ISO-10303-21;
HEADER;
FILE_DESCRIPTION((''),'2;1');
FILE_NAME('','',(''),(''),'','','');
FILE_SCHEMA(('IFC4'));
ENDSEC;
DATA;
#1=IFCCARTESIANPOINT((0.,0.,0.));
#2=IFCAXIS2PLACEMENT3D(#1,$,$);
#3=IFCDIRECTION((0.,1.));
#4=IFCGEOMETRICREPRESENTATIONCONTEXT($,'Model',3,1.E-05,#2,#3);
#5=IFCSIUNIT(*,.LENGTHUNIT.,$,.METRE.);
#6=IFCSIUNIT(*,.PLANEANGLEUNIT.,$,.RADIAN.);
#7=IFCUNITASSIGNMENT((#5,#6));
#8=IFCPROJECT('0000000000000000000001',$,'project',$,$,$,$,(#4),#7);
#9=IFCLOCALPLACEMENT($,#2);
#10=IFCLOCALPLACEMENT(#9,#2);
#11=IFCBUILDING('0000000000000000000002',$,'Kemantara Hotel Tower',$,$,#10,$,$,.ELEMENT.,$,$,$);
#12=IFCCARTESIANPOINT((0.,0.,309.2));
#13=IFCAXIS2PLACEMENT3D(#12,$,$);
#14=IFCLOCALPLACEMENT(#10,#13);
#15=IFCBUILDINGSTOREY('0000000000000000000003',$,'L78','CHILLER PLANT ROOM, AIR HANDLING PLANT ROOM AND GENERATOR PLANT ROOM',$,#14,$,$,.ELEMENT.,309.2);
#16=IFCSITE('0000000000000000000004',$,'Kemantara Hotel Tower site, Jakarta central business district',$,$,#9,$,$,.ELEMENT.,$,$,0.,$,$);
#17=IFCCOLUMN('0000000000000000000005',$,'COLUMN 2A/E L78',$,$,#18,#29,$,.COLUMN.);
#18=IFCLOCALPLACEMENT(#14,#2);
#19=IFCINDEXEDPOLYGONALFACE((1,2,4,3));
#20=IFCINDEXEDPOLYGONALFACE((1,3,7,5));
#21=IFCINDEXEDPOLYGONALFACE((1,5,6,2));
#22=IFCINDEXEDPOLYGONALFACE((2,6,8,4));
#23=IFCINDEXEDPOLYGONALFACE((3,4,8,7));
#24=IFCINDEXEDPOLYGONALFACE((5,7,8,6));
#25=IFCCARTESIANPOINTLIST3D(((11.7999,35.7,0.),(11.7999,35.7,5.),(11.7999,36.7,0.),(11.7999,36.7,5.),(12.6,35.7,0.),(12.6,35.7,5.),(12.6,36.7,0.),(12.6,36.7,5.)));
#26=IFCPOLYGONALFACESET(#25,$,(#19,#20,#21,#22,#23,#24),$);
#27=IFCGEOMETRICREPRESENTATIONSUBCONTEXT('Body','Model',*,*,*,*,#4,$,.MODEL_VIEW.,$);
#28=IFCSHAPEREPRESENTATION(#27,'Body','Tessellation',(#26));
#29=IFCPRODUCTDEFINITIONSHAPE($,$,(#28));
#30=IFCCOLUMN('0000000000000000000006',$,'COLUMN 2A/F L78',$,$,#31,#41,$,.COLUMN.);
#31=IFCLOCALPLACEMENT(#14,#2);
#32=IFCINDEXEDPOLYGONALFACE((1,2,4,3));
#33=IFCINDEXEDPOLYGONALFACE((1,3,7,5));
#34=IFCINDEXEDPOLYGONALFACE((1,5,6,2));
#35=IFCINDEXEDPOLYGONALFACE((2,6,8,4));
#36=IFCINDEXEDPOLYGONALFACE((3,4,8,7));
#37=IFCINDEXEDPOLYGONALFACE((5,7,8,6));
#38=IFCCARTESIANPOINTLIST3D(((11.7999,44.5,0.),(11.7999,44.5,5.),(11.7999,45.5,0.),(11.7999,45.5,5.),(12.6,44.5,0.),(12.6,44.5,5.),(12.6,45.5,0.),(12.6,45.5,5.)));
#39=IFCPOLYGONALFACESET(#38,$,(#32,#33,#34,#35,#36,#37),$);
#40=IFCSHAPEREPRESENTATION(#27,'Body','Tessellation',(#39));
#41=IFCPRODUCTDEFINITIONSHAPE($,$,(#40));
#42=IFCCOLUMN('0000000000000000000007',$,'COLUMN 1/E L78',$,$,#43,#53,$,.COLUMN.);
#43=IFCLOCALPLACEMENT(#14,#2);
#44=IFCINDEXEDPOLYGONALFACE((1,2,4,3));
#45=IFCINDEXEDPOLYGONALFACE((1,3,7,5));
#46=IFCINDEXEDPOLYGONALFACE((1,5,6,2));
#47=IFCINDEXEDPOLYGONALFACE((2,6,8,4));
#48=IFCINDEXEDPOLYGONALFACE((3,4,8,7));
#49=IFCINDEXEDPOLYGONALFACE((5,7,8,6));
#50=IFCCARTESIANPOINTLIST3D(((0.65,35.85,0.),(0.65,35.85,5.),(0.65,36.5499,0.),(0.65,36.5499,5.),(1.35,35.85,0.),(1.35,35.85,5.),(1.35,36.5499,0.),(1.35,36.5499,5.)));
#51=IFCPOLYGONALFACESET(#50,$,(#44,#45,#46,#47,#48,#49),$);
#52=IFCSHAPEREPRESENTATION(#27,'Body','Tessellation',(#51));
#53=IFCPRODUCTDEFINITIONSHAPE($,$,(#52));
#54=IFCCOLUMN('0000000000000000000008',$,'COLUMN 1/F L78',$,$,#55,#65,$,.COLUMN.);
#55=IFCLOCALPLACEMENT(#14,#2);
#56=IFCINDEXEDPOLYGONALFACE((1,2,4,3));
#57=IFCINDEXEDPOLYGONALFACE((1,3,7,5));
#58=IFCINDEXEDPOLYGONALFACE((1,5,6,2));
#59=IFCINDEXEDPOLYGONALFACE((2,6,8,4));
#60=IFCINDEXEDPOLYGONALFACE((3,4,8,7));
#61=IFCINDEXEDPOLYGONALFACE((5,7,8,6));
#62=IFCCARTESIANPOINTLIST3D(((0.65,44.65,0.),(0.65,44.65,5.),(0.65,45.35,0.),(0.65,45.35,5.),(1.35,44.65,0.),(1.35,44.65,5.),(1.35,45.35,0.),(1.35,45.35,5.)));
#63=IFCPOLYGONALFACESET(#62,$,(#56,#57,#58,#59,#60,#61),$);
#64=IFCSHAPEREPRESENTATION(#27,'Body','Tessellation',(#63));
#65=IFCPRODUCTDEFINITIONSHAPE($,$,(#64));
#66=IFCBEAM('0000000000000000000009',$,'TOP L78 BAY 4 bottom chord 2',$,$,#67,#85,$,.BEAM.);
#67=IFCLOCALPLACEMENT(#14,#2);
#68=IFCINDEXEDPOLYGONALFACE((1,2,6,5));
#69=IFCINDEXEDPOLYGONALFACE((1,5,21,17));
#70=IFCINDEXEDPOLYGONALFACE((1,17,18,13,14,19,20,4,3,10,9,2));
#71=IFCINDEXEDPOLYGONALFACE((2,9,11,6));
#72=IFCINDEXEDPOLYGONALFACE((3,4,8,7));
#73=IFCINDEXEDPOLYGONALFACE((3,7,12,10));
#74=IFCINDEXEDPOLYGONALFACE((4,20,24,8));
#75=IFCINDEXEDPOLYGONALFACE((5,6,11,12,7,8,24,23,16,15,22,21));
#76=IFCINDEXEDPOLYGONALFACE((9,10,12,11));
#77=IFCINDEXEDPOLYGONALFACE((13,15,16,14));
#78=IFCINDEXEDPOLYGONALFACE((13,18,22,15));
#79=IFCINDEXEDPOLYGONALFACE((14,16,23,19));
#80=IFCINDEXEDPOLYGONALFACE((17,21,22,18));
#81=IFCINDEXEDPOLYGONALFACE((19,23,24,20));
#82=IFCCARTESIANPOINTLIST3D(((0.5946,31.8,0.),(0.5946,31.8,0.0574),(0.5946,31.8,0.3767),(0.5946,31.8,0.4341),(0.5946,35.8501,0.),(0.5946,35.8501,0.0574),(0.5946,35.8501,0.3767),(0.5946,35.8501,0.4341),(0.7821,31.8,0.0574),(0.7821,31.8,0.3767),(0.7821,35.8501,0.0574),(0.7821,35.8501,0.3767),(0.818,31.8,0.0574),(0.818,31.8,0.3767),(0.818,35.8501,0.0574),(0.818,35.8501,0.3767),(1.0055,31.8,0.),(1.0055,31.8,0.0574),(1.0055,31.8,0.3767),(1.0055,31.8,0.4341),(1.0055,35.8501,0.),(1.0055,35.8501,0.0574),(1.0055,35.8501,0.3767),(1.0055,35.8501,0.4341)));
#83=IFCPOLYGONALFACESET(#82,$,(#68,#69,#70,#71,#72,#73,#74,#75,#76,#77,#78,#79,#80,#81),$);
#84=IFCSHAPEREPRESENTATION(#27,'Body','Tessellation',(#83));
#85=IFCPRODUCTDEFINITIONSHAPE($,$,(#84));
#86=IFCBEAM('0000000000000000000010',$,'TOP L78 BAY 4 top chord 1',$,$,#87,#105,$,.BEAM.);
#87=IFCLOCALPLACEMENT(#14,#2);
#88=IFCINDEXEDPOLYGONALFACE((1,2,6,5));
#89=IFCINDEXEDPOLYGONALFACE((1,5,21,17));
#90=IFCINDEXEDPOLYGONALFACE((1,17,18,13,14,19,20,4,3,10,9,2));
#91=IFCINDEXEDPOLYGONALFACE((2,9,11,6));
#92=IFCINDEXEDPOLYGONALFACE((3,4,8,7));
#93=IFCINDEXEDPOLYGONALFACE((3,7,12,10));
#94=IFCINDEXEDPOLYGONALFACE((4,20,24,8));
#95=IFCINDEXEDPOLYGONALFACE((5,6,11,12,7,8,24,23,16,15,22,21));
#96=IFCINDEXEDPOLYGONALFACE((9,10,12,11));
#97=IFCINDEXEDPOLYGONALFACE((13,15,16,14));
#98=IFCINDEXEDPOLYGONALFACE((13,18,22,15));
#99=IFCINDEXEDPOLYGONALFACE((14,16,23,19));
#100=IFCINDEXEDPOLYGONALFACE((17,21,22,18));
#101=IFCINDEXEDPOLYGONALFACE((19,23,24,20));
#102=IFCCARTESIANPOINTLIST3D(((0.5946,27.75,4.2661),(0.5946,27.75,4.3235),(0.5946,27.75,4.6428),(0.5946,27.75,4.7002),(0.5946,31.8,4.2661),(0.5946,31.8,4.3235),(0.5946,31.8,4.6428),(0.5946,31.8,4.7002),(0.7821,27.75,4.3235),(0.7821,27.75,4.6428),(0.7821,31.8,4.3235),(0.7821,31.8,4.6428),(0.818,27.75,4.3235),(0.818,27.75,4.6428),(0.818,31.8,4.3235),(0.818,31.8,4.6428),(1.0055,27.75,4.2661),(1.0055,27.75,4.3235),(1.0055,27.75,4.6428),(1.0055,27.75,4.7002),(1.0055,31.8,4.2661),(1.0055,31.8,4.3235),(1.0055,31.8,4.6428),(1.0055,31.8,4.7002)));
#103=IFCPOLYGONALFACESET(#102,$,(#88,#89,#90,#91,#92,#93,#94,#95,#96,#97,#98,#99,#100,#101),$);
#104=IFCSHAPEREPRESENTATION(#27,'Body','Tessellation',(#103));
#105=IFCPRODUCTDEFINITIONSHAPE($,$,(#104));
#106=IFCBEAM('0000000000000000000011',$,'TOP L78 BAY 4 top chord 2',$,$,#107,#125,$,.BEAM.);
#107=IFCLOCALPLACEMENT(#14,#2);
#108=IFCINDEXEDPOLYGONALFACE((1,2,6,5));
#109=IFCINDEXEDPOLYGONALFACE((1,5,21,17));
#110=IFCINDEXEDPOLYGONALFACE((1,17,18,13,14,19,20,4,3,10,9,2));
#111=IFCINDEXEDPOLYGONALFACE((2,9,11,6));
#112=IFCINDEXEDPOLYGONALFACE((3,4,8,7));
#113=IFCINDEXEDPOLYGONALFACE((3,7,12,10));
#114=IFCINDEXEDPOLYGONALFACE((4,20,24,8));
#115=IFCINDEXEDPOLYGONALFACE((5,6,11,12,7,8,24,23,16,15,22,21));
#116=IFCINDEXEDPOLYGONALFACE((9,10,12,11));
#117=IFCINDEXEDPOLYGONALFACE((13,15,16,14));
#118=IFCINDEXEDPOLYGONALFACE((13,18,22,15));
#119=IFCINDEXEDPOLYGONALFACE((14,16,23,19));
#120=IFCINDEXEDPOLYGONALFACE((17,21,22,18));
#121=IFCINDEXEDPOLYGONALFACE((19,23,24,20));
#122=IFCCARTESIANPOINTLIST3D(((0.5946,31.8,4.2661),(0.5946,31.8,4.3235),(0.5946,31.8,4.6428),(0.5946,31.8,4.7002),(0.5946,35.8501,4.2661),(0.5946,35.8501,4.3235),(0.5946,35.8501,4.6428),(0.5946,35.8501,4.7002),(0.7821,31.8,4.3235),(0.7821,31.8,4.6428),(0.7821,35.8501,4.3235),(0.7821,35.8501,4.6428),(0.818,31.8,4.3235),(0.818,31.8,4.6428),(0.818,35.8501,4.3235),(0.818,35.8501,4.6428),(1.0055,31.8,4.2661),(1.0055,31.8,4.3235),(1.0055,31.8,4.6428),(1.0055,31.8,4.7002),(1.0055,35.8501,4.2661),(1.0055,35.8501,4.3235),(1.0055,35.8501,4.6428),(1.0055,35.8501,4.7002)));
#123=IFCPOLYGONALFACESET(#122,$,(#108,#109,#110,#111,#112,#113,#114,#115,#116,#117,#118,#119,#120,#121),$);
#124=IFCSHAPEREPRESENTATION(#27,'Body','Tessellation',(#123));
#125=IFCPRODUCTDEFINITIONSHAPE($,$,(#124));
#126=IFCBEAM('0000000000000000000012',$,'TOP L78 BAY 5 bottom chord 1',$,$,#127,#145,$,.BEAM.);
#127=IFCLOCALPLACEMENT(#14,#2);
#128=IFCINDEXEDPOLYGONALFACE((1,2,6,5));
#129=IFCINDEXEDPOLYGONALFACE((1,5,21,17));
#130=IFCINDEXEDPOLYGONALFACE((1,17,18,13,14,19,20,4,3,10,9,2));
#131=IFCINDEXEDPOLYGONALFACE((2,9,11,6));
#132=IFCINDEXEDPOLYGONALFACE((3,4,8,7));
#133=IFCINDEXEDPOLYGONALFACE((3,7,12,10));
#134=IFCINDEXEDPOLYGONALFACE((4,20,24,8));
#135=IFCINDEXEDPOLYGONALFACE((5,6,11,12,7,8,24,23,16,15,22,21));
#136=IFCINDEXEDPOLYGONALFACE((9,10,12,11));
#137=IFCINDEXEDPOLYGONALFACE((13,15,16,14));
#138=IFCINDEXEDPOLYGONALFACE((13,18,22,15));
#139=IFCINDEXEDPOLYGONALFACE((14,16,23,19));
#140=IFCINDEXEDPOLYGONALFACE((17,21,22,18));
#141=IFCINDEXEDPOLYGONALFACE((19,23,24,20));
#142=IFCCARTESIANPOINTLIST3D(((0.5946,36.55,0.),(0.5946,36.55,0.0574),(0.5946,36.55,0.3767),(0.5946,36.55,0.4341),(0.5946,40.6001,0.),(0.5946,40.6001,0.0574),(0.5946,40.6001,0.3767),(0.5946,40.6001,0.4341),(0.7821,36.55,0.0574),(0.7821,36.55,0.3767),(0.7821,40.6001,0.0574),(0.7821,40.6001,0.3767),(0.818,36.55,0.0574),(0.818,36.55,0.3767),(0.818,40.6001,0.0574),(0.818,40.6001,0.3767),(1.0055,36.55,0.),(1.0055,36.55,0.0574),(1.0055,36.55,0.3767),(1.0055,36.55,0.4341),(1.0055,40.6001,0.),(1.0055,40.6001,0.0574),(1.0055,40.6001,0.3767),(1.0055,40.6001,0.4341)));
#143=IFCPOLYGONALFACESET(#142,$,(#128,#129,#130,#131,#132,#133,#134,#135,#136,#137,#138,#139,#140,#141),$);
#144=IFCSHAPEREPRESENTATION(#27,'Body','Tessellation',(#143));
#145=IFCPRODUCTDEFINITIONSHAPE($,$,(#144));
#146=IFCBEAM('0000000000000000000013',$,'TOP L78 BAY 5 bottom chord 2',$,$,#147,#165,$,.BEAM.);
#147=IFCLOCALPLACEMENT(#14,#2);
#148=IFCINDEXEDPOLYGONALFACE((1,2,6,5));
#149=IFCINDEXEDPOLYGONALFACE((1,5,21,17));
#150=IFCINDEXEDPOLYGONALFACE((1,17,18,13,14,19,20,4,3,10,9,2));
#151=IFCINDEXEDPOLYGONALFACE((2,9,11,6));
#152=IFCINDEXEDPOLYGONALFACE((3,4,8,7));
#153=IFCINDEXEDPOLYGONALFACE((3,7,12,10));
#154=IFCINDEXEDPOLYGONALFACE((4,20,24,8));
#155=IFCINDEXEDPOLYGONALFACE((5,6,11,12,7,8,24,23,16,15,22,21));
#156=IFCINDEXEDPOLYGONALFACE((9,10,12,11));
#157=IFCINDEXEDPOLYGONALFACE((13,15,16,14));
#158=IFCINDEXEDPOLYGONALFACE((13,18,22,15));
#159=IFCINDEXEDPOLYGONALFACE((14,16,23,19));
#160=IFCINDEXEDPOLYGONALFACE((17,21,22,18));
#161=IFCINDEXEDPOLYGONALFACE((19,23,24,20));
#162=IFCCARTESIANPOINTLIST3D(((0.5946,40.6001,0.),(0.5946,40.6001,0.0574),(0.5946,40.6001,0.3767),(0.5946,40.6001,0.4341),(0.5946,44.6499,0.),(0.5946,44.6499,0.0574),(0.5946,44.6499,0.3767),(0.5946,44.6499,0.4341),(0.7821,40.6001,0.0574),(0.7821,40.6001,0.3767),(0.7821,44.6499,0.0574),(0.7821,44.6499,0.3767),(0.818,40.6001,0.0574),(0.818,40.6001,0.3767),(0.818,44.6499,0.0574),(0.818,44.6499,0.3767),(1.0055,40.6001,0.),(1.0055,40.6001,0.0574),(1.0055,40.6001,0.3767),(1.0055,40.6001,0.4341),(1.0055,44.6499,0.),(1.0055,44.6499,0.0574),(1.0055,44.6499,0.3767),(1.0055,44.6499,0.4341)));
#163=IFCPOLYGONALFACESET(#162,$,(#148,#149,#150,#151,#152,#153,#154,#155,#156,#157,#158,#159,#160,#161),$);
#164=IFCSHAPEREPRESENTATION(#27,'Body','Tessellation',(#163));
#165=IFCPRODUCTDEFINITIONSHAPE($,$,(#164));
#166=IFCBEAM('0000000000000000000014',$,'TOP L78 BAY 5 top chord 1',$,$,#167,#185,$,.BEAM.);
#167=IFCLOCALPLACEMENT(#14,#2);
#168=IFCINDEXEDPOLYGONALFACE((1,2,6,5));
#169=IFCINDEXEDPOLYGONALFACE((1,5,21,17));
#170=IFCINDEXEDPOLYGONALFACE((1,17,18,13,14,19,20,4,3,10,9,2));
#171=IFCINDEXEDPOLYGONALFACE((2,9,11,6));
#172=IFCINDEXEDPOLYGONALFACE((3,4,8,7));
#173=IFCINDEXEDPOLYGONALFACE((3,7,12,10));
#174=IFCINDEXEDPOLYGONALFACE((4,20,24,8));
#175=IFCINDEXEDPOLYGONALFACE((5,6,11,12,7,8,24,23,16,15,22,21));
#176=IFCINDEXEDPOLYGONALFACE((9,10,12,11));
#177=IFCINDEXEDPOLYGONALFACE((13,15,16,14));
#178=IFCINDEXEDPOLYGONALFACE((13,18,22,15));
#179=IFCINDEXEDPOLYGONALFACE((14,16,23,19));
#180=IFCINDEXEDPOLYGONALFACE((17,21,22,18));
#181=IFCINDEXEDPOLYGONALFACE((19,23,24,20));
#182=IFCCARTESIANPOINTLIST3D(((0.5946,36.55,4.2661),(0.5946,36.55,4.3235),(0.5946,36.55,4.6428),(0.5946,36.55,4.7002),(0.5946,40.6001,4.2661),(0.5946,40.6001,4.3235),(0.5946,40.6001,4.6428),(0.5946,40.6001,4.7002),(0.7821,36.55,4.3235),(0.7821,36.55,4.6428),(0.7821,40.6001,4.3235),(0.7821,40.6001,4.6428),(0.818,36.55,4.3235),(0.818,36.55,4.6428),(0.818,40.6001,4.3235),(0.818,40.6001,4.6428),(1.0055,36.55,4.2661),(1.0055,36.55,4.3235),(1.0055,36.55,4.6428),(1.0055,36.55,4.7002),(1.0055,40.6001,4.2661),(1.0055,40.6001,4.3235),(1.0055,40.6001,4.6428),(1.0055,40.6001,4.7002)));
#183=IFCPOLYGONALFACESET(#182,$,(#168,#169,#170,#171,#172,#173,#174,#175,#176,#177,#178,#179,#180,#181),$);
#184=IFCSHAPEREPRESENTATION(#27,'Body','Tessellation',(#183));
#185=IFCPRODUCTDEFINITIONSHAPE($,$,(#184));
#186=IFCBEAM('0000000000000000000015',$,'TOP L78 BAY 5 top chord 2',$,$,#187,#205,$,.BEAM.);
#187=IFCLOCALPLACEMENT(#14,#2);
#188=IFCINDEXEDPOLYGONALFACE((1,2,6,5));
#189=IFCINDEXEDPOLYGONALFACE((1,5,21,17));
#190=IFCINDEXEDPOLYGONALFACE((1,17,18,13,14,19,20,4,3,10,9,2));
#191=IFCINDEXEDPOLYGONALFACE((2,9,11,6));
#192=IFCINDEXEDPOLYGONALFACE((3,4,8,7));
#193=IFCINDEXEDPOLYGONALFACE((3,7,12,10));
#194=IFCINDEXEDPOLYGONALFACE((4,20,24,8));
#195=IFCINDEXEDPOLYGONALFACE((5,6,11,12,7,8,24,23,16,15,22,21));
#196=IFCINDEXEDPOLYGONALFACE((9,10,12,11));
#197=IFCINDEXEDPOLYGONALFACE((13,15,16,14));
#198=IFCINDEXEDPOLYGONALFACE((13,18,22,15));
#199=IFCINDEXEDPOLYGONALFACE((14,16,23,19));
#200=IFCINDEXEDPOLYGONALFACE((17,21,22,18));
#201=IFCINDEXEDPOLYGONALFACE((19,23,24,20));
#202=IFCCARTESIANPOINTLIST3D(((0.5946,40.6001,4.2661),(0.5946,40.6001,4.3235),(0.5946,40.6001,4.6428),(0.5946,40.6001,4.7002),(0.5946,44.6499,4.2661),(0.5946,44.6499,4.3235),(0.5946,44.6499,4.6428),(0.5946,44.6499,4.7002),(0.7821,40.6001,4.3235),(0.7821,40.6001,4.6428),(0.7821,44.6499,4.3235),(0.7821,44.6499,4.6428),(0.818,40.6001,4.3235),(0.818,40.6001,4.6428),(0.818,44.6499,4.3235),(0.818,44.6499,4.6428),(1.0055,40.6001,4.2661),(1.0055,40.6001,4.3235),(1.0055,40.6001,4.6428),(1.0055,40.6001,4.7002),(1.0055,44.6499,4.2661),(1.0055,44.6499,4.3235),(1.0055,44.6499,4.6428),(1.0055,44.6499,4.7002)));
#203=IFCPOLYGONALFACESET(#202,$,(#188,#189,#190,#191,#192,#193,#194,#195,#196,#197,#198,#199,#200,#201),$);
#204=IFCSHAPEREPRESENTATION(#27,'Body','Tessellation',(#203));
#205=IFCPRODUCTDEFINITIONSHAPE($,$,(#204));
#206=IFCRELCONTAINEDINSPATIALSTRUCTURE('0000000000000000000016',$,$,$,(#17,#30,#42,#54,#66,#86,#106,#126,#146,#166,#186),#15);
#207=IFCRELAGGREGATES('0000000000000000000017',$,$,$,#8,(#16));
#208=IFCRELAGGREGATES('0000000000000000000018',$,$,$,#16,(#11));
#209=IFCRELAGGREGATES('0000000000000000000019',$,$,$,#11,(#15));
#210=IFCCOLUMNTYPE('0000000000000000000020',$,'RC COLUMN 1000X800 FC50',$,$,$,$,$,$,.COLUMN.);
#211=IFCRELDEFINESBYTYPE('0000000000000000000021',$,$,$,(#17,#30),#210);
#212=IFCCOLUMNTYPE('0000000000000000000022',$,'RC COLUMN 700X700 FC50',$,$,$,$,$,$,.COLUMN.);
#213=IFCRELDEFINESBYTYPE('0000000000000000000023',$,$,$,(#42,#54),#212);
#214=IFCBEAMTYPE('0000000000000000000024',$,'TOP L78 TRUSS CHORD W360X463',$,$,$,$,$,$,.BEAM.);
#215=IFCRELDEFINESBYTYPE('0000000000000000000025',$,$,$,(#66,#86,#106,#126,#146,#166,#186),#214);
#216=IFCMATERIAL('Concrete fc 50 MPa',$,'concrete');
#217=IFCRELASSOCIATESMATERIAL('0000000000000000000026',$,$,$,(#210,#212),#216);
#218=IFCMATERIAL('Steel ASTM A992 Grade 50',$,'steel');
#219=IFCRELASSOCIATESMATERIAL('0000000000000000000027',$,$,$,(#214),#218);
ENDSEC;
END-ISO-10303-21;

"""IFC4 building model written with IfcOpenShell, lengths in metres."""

from ifc_helpers import new_model, si_unit, direction, frame, origin, origin_2d, place, context, subcontext, project, spatial, rectangle, i_section, extrude, material, material_profile, profile_set, type_object, element, save


model = new_model("IFC4")

# Units and contexts
model_context = context("Model", 3, precision=1e-05, world=origin(), true_north=direction((0.0, 1.0)))
body_context = subcontext(model_context, "Body", "Model", "MODEL_VIEW")
ifc_project = project(units=[si_unit("LENGTHUNIT", "METRE"), si_unit("PLANEANGLEUNIT", "RADIAN")], contexts=[model_context])

# Site, building, storey
site_placement = place(None, origin())
site = spatial("IfcSite", under=ifc_project, at=site_placement, Name="Kemantara Hotel Tower site, Jakarta central business district", CompositionType="ELEMENT", RefElevation=0.0)
building_placement = place(site_placement, origin())
building = spatial("IfcBuilding", under=site, at=building_placement, Name="Kemantara Hotel Tower", CompositionType="ELEMENT")
storey_placement = place(building_placement, frame((0.0, 0.0, 309.2)))
storey = spatial("IfcBuildingStorey", under=building, at=storey_placement, Name="L78", Description="CHILLER PLANT ROOM, AIR HANDLING PLANT ROOM AND GENERATOR PLANT ROOM", CompositionType="ELEMENT", Elevation=309.2)

# Columns
ifc_material_1 = material(Name="Concrete fc 50 MPa", Category="concrete")
ifc_material_profile_1 = material_profile(ifc_material_1, rectangle(XDim=1.0, YDim=0.8, at=origin_2d()), Name="RC 1000X800")
ifc_profile_set_1 = profile_set([ifc_material_profile_1], Name="Concrete fc 50 MPa")
column_type_1 = type_object("IfcColumnType", Name="RC COLUMN 1000X800 FC50", PredefinedType="COLUMN", material=ifc_profile_set_1)
for number, where, z_axis, x_axis, name in (
    (1, (12.2, 36.2, 0.0), (0.0, 0.0, 1.0), (0.0, 1.0, 0.0), "COLUMN 2A/E L78"),
    (2, (12.2, 45.0, 0.0), (0.0, 0.0, 1.0), (0.0, 1.0, 0.0), "COLUMN 2A/F L78"),
):
    element("IfcColumn", number, at=place(storey_placement, frame(where, z_axis=z_axis, x_axis=x_axis)), inside=storey, type_object=column_type_1, Name=name, PredefinedType="COLUMN", context=body_context, shape_type="SweptSolid", body=[
        extrude(rectangle(XDim=1.0, YDim=0.8, at=origin_2d()), origin(), (0.0, 0.0, 1.0), 5.0),
    ])
ifc_material_profile_2 = material_profile(ifc_material_1, rectangle(XDim=0.7, YDim=0.7, at=origin_2d()), Name="RC 700X700")
ifc_profile_set_2 = profile_set([ifc_material_profile_2], Name="Concrete fc 50 MPa")
column_type_2 = type_object("IfcColumnType", Name="RC COLUMN 700X700 FC50", PredefinedType="COLUMN", material=ifc_profile_set_2)
for number, where, z_axis, x_axis, name in (
    (3, (1.0, 36.2, 0.0), (0.0, 0.0, 1.0), (1.0, 0.0, 0.0), "COLUMN 1/E L78"),
    (4, (1.0, 45.0, 0.0), (0.0, 0.0, 1.0), (1.0, 0.0, 0.0), "COLUMN 1/F L78"),
):
    element("IfcColumn", number, at=place(storey_placement, frame(where, z_axis=z_axis, x_axis=x_axis)), inside=storey, type_object=column_type_2, Name=name, PredefinedType="COLUMN", context=body_context, shape_type="SweptSolid", body=[
        extrude(rectangle(XDim=0.7, YDim=0.7, at=origin_2d()), origin(), (0.0, 0.0, 1.0), 5.0),
    ])

# Beams
ifc_material_2 = material(Name="Steel ASTM A992 Grade 50", Category="steel")
ifc_material_profile_3 = material_profile(ifc_material_2, i_section(OverallWidth=0.4109, OverallDepth=0.4341, WebThickness=0.0359, FlangeThickness=0.0574, at=origin_2d()), Name="W360X463")
ifc_profile_set_3 = profile_set([ifc_material_profile_3], Name="Steel ASTM A992 Grade 50")
beam_type = type_object("IfcBeamType", Name="TOP L78 TRUSS CHORD W360X463", PredefinedType="BEAM", material=ifc_profile_set_3)
for number, where, z_axis, x_axis, name in (
    (5, (0.8, 31.8, 0.217), (0.0, 1.0, 0.0), (-1.0, 0.0, 0.0), "TOP L78 BAY 4 bottom chord 2"),
    (6, (0.8, 27.75, 4.4832), (0.0, 1.0, 0.0), (-1.0, 0.0, 0.0), "TOP L78 BAY 4 top chord 1"),
    (7, (0.8, 31.8, 4.4832), (0.0, 1.0, 0.0), (-1.0, 0.0, 0.0), "TOP L78 BAY 4 top chord 2"),
    (8, (0.8, 36.55, 0.217), (0.0, 1.0, 0.0), (-1.0, 0.0, 0.0), "TOP L78 BAY 5 bottom chord 1"),
):
    element("IfcBeam", number, at=place(storey_placement, frame(where, z_axis=z_axis, x_axis=x_axis)), inside=storey, type_object=beam_type, Name=name, PredefinedType="BEAM", context=body_context, shape_type="SweptSolid", body=[
        extrude(i_section(OverallWidth=0.4109, OverallDepth=0.4341, WebThickness=0.0359, FlangeThickness=0.0574, at=origin_2d()), origin(), (0.0, 0.0, 1.0), 4.05),
    ])
beam_1_placement = place(storey_placement, frame((0.8, 40.6001, 0.217), z_axis=(0.0, 1.0, 0.0), x_axis=(-1.0, 0.0, 0.0)))
element("IfcBeam", 9, at=beam_1_placement, inside=storey, type_object=beam_type, Name="TOP L78 BAY 5 bottom chord 2", PredefinedType="BEAM", context=body_context, shape_type="SweptSolid", body=[
    extrude(i_section(OverallWidth=0.4109, OverallDepth=0.4341, WebThickness=0.0359, FlangeThickness=0.0574, at=origin_2d()), origin(), (0.0, 0.0, 1.0), 4.0498),
])
beam_2_placement = place(storey_placement, frame((0.8, 36.55, 4.4832), z_axis=(0.0, 1.0, 0.0), x_axis=(-1.0, 0.0, 0.0)))
element("IfcBeam", 10, at=beam_2_placement, inside=storey, type_object=beam_type, Name="TOP L78 BAY 5 top chord 1", PredefinedType="BEAM", context=body_context, shape_type="SweptSolid", body=[
    extrude(i_section(OverallWidth=0.4109, OverallDepth=0.4341, WebThickness=0.0359, FlangeThickness=0.0574, at=origin_2d()), origin(), (0.0, 0.0, 1.0), 4.05),
])
beam_3_placement = place(storey_placement, frame((0.8, 40.6001, 4.4832), z_axis=(0.0, 1.0, 0.0), x_axis=(-1.0, 0.0, 0.0)))
element("IfcBeam", 11, at=beam_3_placement, inside=storey, type_object=beam_type, Name="TOP L78 BAY 5 top chord 2", PredefinedType="BEAM", context=body_context, shape_type="SweptSolid", body=[
    extrude(i_section(OverallWidth=0.4109, OverallDepth=0.4341, WebThickness=0.0359, FlangeThickness=0.0574, at=origin_2d()), origin(), (0.0, 0.0, 1.0), 4.0498),
])

save(model, "model.ifc")
